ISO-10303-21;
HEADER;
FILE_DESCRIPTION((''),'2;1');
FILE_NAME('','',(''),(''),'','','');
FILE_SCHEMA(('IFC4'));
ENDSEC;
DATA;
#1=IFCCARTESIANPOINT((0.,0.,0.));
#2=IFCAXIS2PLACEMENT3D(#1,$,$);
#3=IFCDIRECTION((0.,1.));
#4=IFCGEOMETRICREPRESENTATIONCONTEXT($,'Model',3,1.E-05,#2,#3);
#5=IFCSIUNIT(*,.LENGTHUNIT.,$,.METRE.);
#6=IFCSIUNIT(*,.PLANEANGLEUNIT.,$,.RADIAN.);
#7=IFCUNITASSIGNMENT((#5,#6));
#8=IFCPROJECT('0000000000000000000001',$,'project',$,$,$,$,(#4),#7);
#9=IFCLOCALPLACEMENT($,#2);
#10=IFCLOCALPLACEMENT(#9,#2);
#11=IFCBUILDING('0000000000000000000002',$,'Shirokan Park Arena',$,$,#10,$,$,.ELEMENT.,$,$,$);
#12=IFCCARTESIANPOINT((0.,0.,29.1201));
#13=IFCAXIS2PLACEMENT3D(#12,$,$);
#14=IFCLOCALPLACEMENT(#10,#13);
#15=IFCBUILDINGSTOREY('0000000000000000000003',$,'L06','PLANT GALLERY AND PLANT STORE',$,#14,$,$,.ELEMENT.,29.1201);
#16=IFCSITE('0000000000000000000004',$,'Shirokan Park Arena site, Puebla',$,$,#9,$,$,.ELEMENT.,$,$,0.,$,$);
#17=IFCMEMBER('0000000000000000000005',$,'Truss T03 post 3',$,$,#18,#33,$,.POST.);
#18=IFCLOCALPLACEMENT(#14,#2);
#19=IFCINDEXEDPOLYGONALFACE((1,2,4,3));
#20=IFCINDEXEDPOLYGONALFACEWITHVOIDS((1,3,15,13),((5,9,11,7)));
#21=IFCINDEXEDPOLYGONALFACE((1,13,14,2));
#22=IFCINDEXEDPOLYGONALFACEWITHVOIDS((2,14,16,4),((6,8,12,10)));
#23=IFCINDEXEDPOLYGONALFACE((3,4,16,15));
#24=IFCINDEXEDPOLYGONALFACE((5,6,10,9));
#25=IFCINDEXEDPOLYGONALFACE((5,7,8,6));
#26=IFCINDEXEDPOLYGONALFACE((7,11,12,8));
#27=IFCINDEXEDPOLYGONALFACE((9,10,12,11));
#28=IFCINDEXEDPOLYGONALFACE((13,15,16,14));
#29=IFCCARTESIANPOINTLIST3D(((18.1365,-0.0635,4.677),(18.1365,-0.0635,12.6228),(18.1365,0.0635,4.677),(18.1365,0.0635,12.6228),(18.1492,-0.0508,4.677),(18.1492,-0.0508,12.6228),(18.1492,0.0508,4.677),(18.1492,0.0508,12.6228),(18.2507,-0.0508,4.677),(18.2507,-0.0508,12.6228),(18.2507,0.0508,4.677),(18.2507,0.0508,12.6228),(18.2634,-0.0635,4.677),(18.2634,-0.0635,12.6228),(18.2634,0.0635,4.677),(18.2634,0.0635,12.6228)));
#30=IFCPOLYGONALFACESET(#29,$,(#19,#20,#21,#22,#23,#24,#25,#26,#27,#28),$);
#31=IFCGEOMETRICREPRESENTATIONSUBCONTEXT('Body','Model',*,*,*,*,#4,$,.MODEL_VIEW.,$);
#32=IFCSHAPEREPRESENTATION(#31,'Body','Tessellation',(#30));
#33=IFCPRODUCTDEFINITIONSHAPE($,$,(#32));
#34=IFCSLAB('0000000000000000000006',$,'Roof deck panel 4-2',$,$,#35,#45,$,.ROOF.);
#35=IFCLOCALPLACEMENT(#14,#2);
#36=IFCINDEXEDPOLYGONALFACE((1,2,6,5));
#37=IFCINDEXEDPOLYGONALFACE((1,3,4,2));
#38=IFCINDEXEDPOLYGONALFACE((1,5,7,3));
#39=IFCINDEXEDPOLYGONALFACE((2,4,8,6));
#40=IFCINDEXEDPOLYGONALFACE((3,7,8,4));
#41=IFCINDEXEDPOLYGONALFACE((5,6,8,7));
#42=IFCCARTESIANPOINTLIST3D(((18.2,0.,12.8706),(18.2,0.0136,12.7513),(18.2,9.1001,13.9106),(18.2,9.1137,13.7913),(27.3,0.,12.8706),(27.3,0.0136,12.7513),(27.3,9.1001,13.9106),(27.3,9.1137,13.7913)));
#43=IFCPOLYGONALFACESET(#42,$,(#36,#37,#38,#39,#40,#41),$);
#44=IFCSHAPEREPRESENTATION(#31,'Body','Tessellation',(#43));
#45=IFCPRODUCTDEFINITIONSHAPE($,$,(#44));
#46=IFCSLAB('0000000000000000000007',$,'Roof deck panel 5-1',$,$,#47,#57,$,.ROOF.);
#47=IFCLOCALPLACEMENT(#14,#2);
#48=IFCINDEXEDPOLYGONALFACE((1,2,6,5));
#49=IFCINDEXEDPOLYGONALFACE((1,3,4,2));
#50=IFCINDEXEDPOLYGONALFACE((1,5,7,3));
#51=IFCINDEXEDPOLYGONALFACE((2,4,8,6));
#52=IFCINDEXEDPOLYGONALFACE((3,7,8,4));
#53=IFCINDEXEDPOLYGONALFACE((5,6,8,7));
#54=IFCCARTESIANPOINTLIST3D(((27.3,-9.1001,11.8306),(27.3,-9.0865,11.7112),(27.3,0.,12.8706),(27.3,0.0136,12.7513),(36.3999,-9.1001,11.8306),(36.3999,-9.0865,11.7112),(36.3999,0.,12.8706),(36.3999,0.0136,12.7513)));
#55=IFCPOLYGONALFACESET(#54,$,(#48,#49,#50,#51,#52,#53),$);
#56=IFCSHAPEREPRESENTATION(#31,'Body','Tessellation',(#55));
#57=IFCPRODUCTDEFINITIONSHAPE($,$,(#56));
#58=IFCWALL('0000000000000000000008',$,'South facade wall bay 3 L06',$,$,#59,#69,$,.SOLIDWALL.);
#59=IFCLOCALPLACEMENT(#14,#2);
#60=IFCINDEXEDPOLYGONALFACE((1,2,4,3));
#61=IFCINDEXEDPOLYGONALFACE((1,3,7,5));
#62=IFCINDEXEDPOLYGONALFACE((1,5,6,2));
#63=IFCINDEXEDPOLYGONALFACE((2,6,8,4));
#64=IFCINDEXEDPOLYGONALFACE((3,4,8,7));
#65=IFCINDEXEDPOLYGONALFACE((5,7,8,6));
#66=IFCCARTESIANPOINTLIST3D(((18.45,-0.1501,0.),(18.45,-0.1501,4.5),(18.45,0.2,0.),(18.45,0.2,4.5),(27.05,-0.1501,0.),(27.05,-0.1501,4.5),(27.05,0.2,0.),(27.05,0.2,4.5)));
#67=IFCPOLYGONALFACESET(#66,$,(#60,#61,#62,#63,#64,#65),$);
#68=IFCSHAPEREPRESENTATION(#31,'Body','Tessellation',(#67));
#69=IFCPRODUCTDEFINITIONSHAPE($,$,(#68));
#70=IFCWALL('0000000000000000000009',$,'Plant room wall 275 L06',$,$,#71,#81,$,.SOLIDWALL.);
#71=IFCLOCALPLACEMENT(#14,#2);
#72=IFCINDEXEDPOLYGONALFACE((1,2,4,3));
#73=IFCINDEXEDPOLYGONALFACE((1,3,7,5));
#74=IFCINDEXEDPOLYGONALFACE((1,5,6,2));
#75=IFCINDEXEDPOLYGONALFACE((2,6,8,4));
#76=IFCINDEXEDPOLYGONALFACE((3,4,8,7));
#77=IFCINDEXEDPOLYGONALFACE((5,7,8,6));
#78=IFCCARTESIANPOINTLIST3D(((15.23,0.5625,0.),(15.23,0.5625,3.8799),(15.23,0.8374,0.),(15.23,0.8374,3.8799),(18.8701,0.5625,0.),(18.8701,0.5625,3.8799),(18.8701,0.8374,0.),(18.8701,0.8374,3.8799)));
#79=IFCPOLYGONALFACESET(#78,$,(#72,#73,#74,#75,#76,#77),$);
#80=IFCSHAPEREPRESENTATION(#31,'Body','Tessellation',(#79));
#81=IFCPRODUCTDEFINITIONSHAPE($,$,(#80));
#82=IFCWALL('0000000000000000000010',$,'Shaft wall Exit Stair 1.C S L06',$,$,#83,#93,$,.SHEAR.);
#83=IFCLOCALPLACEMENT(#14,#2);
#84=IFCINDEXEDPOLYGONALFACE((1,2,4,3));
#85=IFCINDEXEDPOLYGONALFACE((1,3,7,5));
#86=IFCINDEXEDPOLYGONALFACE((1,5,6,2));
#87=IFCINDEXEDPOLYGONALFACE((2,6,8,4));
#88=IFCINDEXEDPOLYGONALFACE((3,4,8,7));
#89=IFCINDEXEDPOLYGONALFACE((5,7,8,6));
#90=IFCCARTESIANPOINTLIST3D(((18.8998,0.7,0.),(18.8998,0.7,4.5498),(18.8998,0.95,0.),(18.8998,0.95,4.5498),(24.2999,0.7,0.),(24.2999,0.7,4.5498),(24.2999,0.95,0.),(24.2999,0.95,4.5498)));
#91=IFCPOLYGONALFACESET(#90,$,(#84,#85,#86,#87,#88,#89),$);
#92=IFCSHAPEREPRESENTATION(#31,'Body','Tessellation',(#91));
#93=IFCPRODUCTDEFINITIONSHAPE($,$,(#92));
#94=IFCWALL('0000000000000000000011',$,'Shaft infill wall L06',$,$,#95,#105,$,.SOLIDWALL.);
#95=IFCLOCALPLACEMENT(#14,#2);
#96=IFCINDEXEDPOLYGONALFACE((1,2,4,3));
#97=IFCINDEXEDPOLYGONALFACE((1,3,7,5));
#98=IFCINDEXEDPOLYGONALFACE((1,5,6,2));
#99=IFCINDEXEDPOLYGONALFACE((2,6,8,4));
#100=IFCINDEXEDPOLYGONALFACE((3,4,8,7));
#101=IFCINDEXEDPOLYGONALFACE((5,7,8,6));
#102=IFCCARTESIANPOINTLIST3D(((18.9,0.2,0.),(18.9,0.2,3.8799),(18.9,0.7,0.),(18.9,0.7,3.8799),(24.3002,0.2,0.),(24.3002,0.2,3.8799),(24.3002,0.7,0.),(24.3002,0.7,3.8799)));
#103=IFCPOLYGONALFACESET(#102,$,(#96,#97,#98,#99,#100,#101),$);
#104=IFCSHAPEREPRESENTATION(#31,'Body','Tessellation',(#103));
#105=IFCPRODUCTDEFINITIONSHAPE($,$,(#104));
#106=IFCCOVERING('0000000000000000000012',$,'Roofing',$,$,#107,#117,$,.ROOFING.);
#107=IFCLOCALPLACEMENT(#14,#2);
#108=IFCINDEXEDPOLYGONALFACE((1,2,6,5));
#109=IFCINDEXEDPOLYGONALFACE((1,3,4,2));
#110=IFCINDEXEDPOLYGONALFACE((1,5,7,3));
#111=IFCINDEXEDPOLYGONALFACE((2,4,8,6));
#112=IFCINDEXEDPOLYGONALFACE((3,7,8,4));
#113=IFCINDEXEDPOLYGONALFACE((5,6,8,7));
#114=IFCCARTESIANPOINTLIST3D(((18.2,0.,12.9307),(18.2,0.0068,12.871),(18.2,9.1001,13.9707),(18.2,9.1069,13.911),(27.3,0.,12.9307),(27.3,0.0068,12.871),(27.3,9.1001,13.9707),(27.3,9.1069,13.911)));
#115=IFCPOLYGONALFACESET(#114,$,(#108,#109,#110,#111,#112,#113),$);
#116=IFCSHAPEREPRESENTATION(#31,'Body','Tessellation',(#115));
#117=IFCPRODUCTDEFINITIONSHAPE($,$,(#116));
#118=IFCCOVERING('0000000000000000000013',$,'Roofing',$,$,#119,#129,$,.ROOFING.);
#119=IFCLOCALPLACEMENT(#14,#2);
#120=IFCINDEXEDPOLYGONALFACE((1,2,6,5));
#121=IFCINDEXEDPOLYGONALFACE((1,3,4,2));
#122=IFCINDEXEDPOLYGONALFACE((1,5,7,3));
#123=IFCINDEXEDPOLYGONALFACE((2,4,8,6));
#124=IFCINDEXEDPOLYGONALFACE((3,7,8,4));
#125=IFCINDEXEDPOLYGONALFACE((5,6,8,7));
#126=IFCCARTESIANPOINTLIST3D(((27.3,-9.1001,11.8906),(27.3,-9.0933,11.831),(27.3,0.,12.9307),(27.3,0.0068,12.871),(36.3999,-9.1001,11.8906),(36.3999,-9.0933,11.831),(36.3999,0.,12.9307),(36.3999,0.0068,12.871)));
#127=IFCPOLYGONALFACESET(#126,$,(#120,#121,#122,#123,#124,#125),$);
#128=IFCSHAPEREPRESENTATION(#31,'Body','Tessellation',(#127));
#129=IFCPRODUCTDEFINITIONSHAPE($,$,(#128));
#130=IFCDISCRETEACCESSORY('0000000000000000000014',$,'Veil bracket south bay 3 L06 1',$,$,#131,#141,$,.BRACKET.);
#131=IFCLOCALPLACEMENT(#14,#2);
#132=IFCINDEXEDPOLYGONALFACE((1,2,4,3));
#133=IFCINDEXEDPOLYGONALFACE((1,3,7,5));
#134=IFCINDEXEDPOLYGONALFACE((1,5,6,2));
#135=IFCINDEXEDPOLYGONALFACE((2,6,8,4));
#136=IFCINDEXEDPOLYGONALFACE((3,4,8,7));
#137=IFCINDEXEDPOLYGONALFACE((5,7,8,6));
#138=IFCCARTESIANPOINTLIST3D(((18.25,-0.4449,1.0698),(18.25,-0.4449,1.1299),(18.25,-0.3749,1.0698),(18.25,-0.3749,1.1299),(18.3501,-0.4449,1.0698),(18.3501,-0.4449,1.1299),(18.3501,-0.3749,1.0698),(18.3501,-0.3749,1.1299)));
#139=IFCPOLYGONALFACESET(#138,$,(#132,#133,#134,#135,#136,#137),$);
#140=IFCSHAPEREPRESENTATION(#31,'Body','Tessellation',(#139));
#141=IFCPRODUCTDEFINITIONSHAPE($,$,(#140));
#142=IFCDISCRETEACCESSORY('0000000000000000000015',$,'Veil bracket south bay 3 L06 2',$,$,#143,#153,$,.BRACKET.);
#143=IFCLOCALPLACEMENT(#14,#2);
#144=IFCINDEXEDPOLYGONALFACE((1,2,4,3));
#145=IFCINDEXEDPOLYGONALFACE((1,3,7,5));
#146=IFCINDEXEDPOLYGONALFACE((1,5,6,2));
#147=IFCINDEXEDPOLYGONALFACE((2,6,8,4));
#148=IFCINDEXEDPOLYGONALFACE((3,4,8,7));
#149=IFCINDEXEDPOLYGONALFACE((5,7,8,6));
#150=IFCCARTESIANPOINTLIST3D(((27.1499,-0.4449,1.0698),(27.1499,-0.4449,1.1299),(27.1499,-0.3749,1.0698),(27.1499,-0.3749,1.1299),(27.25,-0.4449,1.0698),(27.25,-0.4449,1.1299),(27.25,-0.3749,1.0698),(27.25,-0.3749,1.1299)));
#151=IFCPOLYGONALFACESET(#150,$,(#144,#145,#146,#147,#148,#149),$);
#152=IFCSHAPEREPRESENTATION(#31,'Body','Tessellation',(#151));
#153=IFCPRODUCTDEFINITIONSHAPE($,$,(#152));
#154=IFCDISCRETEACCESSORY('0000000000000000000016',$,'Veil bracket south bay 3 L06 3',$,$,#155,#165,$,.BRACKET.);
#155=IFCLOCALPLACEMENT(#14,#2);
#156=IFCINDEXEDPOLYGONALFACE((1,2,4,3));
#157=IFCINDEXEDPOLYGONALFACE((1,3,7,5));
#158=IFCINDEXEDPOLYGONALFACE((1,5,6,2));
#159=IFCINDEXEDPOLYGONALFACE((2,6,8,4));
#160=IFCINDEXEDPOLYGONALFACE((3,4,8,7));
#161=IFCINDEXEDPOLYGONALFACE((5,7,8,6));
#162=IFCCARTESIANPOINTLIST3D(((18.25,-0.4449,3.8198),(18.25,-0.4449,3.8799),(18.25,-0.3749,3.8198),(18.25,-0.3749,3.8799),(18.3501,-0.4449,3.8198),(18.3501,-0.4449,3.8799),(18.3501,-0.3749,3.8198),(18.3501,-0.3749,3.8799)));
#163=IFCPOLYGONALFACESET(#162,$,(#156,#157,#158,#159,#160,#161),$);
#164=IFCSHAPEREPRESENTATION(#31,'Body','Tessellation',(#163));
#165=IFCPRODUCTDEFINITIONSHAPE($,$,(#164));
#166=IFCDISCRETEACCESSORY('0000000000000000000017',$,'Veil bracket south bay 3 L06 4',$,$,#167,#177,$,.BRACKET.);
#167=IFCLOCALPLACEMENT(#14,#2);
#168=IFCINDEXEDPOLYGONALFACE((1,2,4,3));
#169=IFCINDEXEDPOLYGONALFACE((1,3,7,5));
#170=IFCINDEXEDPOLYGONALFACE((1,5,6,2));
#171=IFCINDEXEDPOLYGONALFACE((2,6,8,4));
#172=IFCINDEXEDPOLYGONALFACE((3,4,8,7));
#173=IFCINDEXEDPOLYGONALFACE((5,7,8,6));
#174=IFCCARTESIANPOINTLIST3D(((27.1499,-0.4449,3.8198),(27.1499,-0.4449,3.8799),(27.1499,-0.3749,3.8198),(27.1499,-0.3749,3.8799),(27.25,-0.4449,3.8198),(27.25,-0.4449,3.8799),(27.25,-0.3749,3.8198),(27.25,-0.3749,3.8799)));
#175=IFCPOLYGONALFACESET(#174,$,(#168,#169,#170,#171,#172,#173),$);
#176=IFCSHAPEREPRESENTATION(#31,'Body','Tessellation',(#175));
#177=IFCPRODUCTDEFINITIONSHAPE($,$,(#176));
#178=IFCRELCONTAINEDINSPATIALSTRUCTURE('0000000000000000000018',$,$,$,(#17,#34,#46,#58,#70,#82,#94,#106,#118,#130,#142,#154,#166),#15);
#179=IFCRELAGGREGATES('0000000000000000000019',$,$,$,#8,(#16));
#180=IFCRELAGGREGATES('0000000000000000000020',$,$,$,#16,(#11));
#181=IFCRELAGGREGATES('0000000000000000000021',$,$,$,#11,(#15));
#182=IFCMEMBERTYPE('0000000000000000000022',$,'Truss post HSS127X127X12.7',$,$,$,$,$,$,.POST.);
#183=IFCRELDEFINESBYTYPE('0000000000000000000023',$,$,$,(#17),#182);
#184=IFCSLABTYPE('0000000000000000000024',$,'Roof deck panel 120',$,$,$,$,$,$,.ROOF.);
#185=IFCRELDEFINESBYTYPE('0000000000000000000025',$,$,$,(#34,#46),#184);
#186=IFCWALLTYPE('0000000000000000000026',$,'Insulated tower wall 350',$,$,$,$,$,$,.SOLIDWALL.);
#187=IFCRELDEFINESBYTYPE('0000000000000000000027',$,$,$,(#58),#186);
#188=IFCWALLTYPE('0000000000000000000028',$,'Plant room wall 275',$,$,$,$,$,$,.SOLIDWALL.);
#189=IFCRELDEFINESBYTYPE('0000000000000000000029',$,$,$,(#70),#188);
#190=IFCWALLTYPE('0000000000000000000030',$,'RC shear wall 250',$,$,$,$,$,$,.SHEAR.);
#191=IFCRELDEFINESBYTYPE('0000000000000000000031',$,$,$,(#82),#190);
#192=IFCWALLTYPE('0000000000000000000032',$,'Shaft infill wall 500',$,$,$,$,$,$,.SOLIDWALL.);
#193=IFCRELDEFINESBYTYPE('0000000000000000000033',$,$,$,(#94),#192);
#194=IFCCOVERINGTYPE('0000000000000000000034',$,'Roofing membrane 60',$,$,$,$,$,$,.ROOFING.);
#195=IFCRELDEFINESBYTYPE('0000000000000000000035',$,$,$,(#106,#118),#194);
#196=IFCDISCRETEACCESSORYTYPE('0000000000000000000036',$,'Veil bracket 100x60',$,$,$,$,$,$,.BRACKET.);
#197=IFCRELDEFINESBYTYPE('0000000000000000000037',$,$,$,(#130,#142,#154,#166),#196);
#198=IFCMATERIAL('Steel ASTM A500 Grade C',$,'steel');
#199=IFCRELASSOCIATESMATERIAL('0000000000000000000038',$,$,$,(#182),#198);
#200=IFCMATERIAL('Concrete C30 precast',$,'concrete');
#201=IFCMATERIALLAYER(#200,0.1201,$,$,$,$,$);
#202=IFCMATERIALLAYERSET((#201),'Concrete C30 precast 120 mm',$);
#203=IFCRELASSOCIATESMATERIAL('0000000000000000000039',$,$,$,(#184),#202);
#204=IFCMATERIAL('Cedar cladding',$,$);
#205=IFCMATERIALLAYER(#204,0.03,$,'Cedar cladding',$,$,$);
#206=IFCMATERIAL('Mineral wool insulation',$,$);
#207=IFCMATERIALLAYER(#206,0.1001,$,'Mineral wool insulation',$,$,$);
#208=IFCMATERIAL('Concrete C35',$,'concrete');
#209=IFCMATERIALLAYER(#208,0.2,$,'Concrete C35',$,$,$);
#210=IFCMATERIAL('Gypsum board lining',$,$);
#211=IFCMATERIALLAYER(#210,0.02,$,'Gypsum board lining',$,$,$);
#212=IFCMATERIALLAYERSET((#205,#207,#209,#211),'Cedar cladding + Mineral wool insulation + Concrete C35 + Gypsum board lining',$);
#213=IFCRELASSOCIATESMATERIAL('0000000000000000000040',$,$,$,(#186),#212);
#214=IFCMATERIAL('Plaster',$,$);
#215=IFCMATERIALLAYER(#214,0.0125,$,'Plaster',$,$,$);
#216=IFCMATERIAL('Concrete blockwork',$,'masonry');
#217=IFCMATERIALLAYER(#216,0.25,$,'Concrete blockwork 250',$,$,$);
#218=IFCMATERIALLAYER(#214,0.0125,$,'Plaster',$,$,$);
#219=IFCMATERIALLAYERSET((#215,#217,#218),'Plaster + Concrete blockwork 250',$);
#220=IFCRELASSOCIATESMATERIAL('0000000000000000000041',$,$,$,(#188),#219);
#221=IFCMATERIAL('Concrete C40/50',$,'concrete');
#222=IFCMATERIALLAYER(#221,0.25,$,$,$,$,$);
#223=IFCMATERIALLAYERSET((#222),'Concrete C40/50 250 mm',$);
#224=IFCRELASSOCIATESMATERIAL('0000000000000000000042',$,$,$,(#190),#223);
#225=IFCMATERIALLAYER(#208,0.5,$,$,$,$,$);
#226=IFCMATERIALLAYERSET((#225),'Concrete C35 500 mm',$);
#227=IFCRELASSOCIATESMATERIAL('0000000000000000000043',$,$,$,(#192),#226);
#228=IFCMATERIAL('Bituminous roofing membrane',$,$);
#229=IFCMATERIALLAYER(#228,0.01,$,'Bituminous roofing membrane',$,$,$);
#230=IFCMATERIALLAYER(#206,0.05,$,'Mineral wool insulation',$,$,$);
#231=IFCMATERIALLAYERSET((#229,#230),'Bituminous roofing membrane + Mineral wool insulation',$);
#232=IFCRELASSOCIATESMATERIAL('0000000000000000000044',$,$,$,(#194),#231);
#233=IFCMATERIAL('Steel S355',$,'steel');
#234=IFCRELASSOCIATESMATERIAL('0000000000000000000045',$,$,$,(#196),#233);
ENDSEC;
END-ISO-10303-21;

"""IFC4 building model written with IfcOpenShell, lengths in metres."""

from ifc_helpers import new_model, si_unit, direction, frame, frame_2d, origin, origin_2d, place, context, subcontext, project, spatial, polyline, rectangle, hollow_rectangle, outline, extrude, material, layer, layer_set, material_profile, profile_set, type_object, element, save


model = new_model("IFC4")

# Units and contexts
model_context = context("Model", 3, precision=1e-05, world=origin(), true_north=direction((0.0, 1.0)))
body_context = subcontext(model_context, "Body", "Model", "MODEL_VIEW")
ifc_project = project(units=[si_unit("LENGTHUNIT", "METRE"), si_unit("PLANEANGLEUNIT", "RADIAN")], contexts=[model_context])

# Site, building, storey
site_placement = place(None, origin())
site = spatial("IfcSite", under=ifc_project, at=site_placement, Name="Shirokan Park Arena site, Puebla", CompositionType="ELEMENT", RefElevation=0.0)
building_placement = place(site_placement, origin())
building = spatial("IfcBuilding", under=site, at=building_placement, Name="Shirokan Park Arena", CompositionType="ELEMENT")
storey_placement = place(building_placement, frame((0.0, 0.0, 29.1201)))
storey = spatial("IfcBuildingStorey", under=building, at=storey_placement, Name="L06", Description="PLANT GALLERY AND PLANT STORE", CompositionType="ELEMENT", Elevation=29.1201)

# Shared definitions
ifc_material_1 = material(Name="Concrete C35", Category="concrete")

# Shared definitions
ifc_material_2 = material(Name="Steel ASTM A500 Grade C", Category="steel")

# Member
ifc_material_profile_1 = material_profile(ifc_material_2, hollow_rectangle(XDim=0.127, YDim=0.127, WallThickness=0.0127, at=origin_2d()), Name="HSS127X127X12.7")
ifc_profile_set_1 = profile_set([ifc_material_profile_1], Name="Steel ASTM A500 Grade C")
member_type_1 = type_object("IfcMemberType", Name="Truss post HSS127X127X12.7", PredefinedType="POST", material=ifc_profile_set_1)
member_1_placement = place(storey_placement, frame((18.2, 0.0, 4.677), z_axis=(0.0, 0.0, 1.0), x_axis=(1.0, 0.0, 0.0)))
element("IfcMember", 1, at=member_1_placement, inside=storey, type_object=member_type_1, Name="Truss T03 post 3", PredefinedType="POST", context=body_context, shape_type="SweptSolid", body=[
    extrude(hollow_rectangle(XDim=0.127, YDim=0.127, WallThickness=0.0127, at=origin_2d()), origin(), (0.0, 0.0, 1.0), 7.9458),
])

# Slabs
ifc_material_3 = material(Name="Concrete C30 precast", Category="concrete")
ifc_layer_1 = layer(ifc_material_3, 0.1201)
ifc_layer_set_1 = layer_set([ifc_layer_1], Name="Concrete C30 precast 120 mm")
slab_type = type_object("IfcSlabType", Name="Roof deck panel 120", PredefinedType="ROOF", material=ifc_layer_set_1)
slab_1_placement = place(storey_placement, frame((18.2, 0.0, 12.8706), z_axis=(0.0, -0.11355, 0.993532), x_axis=(1.0, 0.0, 0.0)))
element("IfcSlab", 2, at=slab_1_placement, inside=storey, type_object=slab_type, Name="Roof deck panel 4-2", PredefinedType="ROOF", context=body_context, shape_type="SweptSolid", body=[
    extrude(outline(polyline([(0.0, 0.0), (9.1001, 0.0), (9.1001, 9.1593), (0.0, 9.1593), (0.0, 0.0)])), origin(), (0.0, 0.0, -1.0), 0.1201),
])
slab_2_placement = place(storey_placement, frame((27.3, -9.1001, 11.8306), z_axis=(0.0, -0.11355, 0.993532), x_axis=(1.0, 0.0, 0.0)))
element("IfcSlab", 3, at=slab_2_placement, inside=storey, type_object=slab_type, Name="Roof deck panel 5-1", PredefinedType="ROOF", context=body_context, shape_type="SweptSolid", body=[
    extrude(outline(polyline([(0.0, 0.0), (9.0999, 0.0), (9.0999, 9.1593), (0.0, 9.1593), (0.0, 0.0)])), origin(), (0.0, 0.0, -1.0), 0.1201),
])

# Walls
ifc_material_4 = material(Name="Cedar cladding")
ifc_layer_2 = layer(ifc_material_4, 0.03, Name="Cedar cladding")
ifc_material_5 = material(Name="Mineral wool insulation")
ifc_layer_3 = layer(ifc_material_5, 0.1001, Name="Mineral wool insulation")
ifc_layer_4 = layer(ifc_material_1, 0.2, Name="Concrete C35")
ifc_material_6 = material(Name="Gypsum board lining")
ifc_layer_5 = layer(ifc_material_6, 0.02, Name="Gypsum board lining")
ifc_layer_set_2 = layer_set([ifc_layer_2, ifc_layer_3, ifc_layer_4, ifc_layer_5], Name="Cedar cladding + Mineral wool insulation + Concrete C35 + Gypsum board lining")
wall_type_1 = type_object("IfcWallType", Name="Insulated tower wall 350", PredefinedType="SOLIDWALL", material=ifc_layer_set_2)
wall_1_placement = place(storey_placement, frame((18.45, 0.0249, 0.0), z_axis=(0.0, 0.0, 1.0), x_axis=(1.0, 0.0, 0.0)))
element("IfcWall", 4, at=wall_1_placement, inside=storey, type_object=wall_type_1, Name="South facade wall bay 3 L06", PredefinedType="SOLIDWALL", context=body_context, shape_type="SweptSolid", body=[
    extrude(rectangle(XDim=8.6001, YDim=0.3501, at=frame_2d((4.3, 0.0))), origin(), (0.0, 0.0, 1.0), 4.5),
])
ifc_material_7 = material(Name="Plaster")
ifc_layer_6 = layer(ifc_material_7, 0.0125, Name="Plaster")
ifc_material_8 = material(Name="Concrete blockwork", Category="masonry")
ifc_layer_7 = layer(ifc_material_8, 0.25, Name="Concrete blockwork 250")
ifc_layer_8 = layer(ifc_material_7, 0.0125, Name="Plaster")
ifc_layer_set_3 = layer_set([ifc_layer_6, ifc_layer_7, ifc_layer_8], Name="Plaster + Concrete blockwork 250")
wall_type_2 = type_object("IfcWallType", Name="Plant room wall 275", PredefinedType="SOLIDWALL", material=ifc_layer_set_3)
wall_2_placement = place(storey_placement, frame((18.8701, 0.7, 0.0), z_axis=(0.0, 0.0, 1.0), x_axis=(-1.0, 0.0, 0.0)))
element("IfcWall", 5, at=wall_2_placement, inside=storey, type_object=wall_type_2, Name="Plant room wall 275 L06", PredefinedType="SOLIDWALL", context=body_context, shape_type="SweptSolid", body=[
    extrude(rectangle(XDim=3.6401, YDim=0.2749, at=frame_2d((1.8201, 0.0))), origin(), (0.0, 0.0, 1.0), 3.8799),
])
ifc_material_9 = material(Name="Concrete C40/50", Category="concrete")
ifc_layer_9 = layer(ifc_material_9, 0.25)
ifc_layer_set_4 = layer_set([ifc_layer_9], Name="Concrete C40/50 250 mm")
wall_type_3 = type_object("IfcWallType", Name="RC shear wall 250", PredefinedType="SHEAR", material=ifc_layer_set_4)
wall_3_placement = place(storey_placement, frame((24.3, 0.825, 0.0), z_axis=(0.0, 0.0, 1.0), x_axis=(-1.0, 0.0, 0.0)))
element("IfcWall", 6, at=wall_3_placement, inside=storey, type_object=wall_type_3, Name="Shaft wall Exit Stair 1.C S L06", PredefinedType="SHEAR", context=body_context, shape_type="SweptSolid", body=[
    extrude(rectangle(XDim=5.4001, YDim=0.25, at=frame_2d((2.7002, 0.0))), origin(), (0.0, 0.0, 1.0), 4.5498),
])
ifc_layer_10 = layer(ifc_material_1, 0.5)
ifc_layer_set_5 = layer_set([ifc_layer_10], Name="Concrete C35 500 mm")
wall_type_4 = type_object("IfcWallType", Name="Shaft infill wall 500", PredefinedType="SOLIDWALL", material=ifc_layer_set_5)
wall_4_placement = place(storey_placement, frame((18.8999, 0.45, 0.0), z_axis=(0.0, 0.0, 1.0), x_axis=(1.0, 0.0, 0.0)))
element("IfcWall", 7, at=wall_4_placement, inside=storey, type_object=wall_type_4, Name="Shaft infill wall L06", PredefinedType="SOLIDWALL", context=body_context, shape_type="SweptSolid", body=[
    extrude(rectangle(XDim=5.4001, YDim=0.5, at=frame_2d((2.7002, 0.0))), origin(), (0.0, 0.0, 1.0), 3.8799),
])

# Coverings
ifc_material_10 = material(Name="Bituminous roofing membrane")
ifc_layer_11 = layer(ifc_material_10, 0.01, Name="Bituminous roofing membrane")
ifc_layer_12 = layer(ifc_material_5, 0.05, Name="Mineral wool insulation")
ifc_layer_set_6 = layer_set([ifc_layer_11, ifc_layer_12], Name="Bituminous roofing membrane + Mineral wool insulation")
covering_type = type_object("IfcCoveringType", Name="Roofing membrane 60", PredefinedType="ROOFING", material=ifc_layer_set_6)
covering_1_placement = place(storey_placement, frame((18.2, 0.0, 12.9307), z_axis=(0.0, -0.11355, 0.993532), x_axis=(1.0, 0.0, 0.0)))
element("IfcCovering", 8, at=covering_1_placement, inside=storey, type_object=covering_type, Name="Roofing", PredefinedType="ROOFING", context=body_context, shape_type="SweptSolid", body=[
    extrude(outline(polyline([(0.0, 0.0), (9.1001, 0.0), (9.1001, 9.1593), (0.0, 9.1593), (0.0, 0.0)])), origin(), (0.0, 0.0, -1.0), 0.0601),
])
covering_2_placement = place(storey_placement, frame((27.3, -9.1001, 11.8906), z_axis=(0.0, -0.11355, 0.993532), x_axis=(1.0, 0.0, 0.0)))
element("IfcCovering", 9, at=covering_2_placement, inside=storey, type_object=covering_type, Name="Roofing", PredefinedType="ROOFING", context=body_context, shape_type="SweptSolid", body=[
    extrude(outline(polyline([(0.0, 0.0), (9.0999, 0.0), (9.0999, 9.1593), (0.0, 9.1593), (0.0, 0.0)])), origin(), (0.0, 0.0, -1.0), 0.0601),
])

# Discrete accessories
ifc_material_11 = material(Name="Steel S355", Category="steel")
discrete_accessory_type = type_object("IfcDiscreteAccessoryType", Name="Veil bracket 100x60", PredefinedType="BRACKET", material=ifc_material_11)
for number, where, z_axis, x_axis, name in (
    (10, (18.3, -0.4099, 1.0698), (0.0, 0.0, 1.0), (1.0, 0.0, 0.0), "Veil bracket south bay 3 L06 1"),
    (11, (27.2, -0.4099, 1.0698), (0.0, 0.0, 1.0), (1.0, 0.0, 0.0), "Veil bracket south bay 3 L06 2"),
    (12, (18.3, -0.4099, 3.8198), (0.0, 0.0, 1.0), (1.0, 0.0, 0.0), "Veil bracket south bay 3 L06 3"),
    (13, (27.2, -0.4099, 3.8198), (0.0, 0.0, 1.0), (1.0, 0.0, 0.0), "Veil bracket south bay 3 L06 4"),
):
    element("IfcDiscreteAccessory", number, at=place(storey_placement, frame(where, z_axis=z_axis, x_axis=x_axis)), inside=storey, type_object=discrete_accessory_type, Name=name, PredefinedType="BRACKET", context=body_context, shape_type="SweptSolid", body=[
        extrude(rectangle(XDim=0.1001, YDim=0.0701, at=origin_2d()), origin(), (0.0, 0.0, 1.0), 0.0601),
    ])

save(model, "model.ifc")
